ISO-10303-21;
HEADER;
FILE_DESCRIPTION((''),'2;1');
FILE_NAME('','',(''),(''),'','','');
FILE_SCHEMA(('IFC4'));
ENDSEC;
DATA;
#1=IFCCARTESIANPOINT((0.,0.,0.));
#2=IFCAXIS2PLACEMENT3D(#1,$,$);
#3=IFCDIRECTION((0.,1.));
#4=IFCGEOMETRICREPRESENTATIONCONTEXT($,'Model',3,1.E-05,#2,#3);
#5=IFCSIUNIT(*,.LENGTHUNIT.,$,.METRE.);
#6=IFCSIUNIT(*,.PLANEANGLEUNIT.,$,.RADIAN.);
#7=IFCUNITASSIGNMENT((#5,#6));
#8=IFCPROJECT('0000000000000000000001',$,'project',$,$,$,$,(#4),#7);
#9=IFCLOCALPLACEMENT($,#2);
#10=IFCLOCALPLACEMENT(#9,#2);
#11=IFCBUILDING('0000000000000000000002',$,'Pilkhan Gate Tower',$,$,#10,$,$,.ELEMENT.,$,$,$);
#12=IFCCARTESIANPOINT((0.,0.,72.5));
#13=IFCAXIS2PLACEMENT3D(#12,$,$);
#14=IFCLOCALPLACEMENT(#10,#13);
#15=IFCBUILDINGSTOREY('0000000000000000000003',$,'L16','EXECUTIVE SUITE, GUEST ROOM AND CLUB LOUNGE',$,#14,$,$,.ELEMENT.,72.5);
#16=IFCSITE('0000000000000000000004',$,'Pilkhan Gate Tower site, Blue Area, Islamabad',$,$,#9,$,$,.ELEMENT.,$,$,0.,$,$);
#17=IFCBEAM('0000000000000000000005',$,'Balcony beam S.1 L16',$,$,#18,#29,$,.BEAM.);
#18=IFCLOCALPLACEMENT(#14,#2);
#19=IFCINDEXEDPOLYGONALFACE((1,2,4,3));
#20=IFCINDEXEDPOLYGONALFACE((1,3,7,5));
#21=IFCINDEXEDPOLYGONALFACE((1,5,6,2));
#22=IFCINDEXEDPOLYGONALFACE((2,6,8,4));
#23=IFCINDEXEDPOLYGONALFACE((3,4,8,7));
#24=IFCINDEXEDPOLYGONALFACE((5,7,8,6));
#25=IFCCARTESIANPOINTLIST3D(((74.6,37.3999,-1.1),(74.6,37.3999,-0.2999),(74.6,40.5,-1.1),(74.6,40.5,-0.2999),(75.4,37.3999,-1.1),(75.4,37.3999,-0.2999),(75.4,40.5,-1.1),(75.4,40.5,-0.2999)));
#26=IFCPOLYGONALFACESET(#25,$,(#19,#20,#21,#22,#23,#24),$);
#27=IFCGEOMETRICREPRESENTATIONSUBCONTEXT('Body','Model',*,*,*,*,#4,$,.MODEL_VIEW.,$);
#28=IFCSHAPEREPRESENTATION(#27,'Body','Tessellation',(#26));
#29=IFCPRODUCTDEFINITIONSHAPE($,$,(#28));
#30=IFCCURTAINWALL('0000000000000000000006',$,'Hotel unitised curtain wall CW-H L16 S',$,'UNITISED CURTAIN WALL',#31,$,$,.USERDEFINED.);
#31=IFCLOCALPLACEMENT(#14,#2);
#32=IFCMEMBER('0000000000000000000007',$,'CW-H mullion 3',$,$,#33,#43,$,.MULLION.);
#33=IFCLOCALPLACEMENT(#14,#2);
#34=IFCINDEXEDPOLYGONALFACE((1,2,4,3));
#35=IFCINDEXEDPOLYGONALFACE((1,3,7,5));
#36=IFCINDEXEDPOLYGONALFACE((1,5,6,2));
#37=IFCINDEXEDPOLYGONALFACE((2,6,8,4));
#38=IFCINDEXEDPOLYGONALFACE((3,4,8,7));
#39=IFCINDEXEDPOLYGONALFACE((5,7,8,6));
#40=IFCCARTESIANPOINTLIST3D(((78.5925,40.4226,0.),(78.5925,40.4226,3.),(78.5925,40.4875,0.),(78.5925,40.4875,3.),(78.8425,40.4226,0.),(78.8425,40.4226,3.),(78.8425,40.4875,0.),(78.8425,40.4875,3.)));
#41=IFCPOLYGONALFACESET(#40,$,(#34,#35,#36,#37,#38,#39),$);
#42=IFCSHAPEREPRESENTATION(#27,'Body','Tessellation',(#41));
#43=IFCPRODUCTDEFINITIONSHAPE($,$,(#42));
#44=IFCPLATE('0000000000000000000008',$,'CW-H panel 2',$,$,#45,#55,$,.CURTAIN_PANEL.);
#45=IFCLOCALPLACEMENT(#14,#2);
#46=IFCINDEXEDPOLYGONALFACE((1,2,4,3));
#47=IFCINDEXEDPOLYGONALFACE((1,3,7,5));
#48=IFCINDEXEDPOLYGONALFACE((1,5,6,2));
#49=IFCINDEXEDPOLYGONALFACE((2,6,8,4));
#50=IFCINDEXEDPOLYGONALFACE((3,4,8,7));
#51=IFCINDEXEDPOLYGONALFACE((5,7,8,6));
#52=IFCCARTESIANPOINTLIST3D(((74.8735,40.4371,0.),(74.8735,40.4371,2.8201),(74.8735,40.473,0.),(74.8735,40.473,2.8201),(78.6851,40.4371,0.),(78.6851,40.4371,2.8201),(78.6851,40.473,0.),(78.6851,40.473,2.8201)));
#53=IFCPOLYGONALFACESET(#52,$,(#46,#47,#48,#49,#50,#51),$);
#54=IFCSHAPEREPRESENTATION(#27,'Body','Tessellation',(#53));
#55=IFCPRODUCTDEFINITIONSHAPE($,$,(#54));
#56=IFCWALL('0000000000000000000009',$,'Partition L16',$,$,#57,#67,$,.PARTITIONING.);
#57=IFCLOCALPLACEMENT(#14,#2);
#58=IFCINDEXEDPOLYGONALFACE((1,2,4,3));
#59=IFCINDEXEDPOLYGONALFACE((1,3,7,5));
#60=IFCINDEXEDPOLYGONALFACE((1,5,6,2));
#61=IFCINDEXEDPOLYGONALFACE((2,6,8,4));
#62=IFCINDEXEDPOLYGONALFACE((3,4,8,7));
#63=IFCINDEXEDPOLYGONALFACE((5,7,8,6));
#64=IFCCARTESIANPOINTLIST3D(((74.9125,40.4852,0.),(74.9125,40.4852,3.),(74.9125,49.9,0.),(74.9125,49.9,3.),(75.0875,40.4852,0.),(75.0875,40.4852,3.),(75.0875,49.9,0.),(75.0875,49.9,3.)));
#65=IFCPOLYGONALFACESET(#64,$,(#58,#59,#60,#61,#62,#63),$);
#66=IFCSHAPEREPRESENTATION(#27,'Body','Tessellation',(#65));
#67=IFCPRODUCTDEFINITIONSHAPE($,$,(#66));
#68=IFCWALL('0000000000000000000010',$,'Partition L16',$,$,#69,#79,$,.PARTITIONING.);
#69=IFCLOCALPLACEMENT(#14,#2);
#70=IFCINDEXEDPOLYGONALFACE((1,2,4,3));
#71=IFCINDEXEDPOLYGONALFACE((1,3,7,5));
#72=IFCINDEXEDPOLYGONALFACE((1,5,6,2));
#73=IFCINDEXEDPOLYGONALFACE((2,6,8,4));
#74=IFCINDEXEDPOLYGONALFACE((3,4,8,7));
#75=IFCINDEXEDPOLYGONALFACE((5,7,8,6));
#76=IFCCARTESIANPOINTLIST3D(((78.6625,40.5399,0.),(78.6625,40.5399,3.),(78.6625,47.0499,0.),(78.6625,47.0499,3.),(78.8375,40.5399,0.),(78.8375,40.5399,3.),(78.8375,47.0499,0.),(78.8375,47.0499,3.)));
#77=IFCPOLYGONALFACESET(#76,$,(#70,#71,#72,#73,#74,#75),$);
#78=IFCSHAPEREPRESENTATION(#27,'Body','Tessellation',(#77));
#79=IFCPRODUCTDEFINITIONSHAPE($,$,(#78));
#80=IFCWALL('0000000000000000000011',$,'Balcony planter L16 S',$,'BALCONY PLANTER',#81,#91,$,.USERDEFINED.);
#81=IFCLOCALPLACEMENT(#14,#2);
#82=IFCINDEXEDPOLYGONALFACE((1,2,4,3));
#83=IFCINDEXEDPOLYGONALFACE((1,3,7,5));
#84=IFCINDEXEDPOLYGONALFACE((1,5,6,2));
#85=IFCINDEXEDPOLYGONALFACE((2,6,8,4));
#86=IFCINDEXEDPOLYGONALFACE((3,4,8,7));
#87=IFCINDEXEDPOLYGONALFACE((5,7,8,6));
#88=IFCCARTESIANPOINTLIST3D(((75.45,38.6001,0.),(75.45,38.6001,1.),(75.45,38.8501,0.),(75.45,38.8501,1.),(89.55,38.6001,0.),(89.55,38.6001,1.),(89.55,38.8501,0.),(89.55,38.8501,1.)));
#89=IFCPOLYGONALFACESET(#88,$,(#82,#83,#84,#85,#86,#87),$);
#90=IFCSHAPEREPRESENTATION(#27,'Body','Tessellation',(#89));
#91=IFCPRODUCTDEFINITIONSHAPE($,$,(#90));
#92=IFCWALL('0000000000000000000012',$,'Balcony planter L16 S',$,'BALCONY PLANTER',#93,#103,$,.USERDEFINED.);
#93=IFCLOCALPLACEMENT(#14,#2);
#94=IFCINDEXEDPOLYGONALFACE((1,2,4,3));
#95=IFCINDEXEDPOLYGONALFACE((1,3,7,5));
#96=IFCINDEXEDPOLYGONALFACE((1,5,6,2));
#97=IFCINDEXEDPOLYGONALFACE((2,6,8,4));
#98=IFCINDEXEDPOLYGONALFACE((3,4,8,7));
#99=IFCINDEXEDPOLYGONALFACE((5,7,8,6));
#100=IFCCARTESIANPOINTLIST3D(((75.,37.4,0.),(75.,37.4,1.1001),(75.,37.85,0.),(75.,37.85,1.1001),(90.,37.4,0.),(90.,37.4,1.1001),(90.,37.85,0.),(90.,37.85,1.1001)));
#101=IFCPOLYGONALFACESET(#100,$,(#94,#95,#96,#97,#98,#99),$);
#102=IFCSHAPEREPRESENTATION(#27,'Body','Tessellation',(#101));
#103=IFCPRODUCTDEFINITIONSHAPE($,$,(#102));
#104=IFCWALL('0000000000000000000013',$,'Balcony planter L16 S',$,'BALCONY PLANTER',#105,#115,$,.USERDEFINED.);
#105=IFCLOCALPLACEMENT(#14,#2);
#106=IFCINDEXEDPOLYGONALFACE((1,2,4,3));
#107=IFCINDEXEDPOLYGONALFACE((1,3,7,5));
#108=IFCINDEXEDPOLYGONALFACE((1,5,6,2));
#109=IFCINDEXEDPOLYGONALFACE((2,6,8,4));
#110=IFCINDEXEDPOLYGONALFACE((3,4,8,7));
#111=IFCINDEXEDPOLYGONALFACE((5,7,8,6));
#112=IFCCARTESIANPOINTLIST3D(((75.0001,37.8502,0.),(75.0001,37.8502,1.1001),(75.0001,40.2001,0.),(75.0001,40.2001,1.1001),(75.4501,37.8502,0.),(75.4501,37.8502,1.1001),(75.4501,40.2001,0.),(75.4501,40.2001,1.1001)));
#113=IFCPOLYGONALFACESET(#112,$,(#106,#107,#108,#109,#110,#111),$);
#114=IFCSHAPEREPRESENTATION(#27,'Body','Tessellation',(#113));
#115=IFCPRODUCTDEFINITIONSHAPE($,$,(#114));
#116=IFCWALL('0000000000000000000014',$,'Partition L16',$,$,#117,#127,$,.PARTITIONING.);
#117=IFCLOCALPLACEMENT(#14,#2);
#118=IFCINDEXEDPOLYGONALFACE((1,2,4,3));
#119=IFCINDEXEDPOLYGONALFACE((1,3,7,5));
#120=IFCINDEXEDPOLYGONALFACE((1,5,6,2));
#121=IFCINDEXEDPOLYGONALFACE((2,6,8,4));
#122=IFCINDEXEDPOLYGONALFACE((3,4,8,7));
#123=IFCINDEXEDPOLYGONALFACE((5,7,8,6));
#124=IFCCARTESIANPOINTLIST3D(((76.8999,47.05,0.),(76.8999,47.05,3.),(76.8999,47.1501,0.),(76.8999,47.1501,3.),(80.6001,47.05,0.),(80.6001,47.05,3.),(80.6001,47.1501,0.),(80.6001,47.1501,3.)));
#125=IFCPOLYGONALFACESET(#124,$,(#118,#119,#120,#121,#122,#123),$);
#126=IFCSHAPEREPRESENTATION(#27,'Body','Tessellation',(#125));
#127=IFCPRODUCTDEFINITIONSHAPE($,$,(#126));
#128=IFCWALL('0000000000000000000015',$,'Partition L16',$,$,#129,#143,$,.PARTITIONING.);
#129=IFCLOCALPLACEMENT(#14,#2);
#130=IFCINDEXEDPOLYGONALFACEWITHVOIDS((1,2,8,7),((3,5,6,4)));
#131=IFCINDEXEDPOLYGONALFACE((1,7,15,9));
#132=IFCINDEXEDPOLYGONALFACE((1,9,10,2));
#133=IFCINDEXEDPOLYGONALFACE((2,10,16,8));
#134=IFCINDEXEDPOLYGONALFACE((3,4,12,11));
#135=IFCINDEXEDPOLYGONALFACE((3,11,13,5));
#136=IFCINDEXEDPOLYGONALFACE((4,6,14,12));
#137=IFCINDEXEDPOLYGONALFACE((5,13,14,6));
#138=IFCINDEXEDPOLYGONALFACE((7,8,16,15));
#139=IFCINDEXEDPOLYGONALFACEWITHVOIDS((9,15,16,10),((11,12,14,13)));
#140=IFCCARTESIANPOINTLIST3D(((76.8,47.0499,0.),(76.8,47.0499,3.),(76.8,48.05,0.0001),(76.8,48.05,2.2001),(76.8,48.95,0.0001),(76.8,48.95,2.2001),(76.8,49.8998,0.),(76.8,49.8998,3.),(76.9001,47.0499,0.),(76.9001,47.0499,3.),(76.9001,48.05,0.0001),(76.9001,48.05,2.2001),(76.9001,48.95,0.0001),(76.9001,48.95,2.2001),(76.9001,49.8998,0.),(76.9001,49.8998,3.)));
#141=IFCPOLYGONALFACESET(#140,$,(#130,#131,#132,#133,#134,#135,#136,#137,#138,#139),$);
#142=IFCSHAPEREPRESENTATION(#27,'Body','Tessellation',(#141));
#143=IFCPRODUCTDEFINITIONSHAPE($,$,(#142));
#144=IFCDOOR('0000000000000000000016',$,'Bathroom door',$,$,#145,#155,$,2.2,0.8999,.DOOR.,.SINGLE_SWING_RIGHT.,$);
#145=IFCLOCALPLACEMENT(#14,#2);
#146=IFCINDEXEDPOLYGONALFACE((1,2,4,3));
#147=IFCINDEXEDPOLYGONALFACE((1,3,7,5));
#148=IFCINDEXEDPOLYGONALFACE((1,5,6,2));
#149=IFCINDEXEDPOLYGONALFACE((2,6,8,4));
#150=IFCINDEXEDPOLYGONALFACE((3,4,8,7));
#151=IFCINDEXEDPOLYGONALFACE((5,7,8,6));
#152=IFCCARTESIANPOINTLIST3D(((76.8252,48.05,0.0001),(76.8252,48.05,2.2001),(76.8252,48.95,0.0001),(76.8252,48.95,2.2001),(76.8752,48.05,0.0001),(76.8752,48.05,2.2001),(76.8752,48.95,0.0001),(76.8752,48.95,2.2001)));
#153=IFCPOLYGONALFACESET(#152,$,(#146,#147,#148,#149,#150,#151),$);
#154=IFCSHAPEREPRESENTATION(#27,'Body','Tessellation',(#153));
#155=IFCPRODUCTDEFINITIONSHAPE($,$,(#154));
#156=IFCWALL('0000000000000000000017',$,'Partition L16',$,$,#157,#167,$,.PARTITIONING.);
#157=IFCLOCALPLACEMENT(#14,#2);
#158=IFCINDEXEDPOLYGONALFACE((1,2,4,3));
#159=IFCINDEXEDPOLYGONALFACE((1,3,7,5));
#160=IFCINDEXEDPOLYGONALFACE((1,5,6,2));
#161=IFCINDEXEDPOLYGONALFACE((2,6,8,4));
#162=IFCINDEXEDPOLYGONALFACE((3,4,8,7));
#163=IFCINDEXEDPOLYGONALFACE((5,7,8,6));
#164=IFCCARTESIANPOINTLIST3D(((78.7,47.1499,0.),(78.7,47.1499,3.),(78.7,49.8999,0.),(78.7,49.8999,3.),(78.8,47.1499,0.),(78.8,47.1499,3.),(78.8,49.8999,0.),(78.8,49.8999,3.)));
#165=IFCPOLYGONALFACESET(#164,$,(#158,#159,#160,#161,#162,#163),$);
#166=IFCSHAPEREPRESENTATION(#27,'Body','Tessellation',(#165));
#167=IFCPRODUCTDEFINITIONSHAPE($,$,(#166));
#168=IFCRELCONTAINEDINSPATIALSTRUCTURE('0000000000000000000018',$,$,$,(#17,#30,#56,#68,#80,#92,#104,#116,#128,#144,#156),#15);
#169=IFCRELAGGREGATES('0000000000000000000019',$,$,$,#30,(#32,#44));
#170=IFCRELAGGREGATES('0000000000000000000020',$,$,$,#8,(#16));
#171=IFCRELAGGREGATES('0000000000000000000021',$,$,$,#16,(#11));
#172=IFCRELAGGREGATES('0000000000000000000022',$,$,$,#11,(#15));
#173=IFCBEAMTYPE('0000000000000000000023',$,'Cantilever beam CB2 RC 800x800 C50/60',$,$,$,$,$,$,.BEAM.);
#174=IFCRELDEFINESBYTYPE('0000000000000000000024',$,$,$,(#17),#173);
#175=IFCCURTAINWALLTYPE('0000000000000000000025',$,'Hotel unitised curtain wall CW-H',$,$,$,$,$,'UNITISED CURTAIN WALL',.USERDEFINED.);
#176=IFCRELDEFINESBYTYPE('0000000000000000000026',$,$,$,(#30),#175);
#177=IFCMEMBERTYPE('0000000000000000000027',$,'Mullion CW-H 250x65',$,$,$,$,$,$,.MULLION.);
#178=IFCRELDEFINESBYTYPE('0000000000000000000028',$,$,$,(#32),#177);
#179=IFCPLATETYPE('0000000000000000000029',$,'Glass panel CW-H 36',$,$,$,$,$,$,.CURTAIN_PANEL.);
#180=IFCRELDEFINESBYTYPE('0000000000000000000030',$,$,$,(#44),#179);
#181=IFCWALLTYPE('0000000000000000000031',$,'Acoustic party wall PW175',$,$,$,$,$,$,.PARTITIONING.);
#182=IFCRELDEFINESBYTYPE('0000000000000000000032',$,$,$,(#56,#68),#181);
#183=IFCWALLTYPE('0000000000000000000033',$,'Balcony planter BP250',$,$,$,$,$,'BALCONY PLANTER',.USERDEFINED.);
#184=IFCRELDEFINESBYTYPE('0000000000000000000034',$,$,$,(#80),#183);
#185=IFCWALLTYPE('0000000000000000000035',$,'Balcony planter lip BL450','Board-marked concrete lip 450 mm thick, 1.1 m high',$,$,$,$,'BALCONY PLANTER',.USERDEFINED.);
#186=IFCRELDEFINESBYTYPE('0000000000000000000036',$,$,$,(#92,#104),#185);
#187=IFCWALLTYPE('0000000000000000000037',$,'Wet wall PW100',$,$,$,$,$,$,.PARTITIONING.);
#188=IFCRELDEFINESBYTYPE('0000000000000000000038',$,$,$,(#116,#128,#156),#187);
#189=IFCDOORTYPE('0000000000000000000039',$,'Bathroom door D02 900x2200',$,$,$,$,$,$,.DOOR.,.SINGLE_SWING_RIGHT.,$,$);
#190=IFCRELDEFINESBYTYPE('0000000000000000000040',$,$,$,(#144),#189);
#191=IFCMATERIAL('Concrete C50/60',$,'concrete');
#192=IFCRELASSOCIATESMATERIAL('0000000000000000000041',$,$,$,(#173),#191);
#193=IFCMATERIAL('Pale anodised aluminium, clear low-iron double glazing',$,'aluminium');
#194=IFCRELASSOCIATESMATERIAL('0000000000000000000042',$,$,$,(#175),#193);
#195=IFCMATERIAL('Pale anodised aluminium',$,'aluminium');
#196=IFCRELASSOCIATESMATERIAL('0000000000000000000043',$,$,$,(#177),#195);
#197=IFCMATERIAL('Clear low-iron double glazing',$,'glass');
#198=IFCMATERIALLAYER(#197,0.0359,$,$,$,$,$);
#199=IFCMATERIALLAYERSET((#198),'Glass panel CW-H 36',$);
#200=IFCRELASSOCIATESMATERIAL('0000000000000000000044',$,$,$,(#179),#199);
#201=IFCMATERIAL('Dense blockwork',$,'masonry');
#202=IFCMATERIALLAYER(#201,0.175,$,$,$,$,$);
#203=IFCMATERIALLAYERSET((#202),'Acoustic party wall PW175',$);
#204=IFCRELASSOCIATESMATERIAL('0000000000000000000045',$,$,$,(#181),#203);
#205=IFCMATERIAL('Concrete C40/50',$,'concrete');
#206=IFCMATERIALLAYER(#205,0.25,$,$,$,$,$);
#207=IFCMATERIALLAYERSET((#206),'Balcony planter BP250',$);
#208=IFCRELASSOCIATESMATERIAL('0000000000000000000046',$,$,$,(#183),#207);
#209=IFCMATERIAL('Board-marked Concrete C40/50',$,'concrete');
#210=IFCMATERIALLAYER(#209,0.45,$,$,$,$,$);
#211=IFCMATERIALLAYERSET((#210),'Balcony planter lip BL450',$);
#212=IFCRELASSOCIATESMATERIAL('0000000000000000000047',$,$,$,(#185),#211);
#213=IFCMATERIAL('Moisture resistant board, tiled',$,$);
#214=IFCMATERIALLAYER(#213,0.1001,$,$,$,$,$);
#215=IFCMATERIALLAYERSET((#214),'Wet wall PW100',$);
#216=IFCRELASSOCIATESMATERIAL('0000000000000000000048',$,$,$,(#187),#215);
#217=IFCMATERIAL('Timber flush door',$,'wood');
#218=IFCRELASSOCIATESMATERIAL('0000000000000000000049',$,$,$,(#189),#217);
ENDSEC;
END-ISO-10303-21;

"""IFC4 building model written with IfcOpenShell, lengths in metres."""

from ifc_helpers import new_model, si_unit, direction, frame, frame_2d, origin, origin_2d, place, context, subcontext, project, spatial, rectangle, extrude, material, layer, layer_set, material_profile, profile_set, type_object, element, fill, aggregate, save


model = new_model("IFC4")

# Units and contexts
model_context = context("Model", 3, precision=1e-05, world=origin(), true_north=direction((0.0, 1.0)))
body_context = subcontext(model_context, "Body", "Model", "MODEL_VIEW")
ifc_project = project(units=[si_unit("LENGTHUNIT", "METRE"), si_unit("PLANEANGLEUNIT", "RADIAN")], contexts=[model_context])

# Site, building, storey
site_placement = place(None, origin())
site = spatial("IfcSite", under=ifc_project, at=site_placement, Name="Pilkhan Gate Tower site, Blue Area, Islamabad", CompositionType="ELEMENT", RefElevation=0.0)
building_placement = place(site_placement, origin())
building = spatial("IfcBuilding", under=site, at=building_placement, Name="Pilkhan Gate Tower", CompositionType="ELEMENT")
storey_placement = place(building_placement, frame((0.0, 0.0, 72.5)))
storey = spatial("IfcBuildingStorey", under=building, at=storey_placement, Name="L16", Description="EXECUTIVE SUITE, GUEST ROOM AND CLUB LOUNGE", CompositionType="ELEMENT", Elevation=72.5)

# Beam
ifc_material_1 = material(Name="Concrete C50/60", Category="concrete")
ifc_material_profile_1 = material_profile(ifc_material_1, rectangle(XDim=0.8, YDim=0.8, at=origin_2d()), Name="RC 800x800")
ifc_profile_set_1 = profile_set([ifc_material_profile_1], Name="Concrete C50/60")
beam_type = type_object("IfcBeamType", Name="Cantilever beam CB2 RC 800x800 C50/60", PredefinedType="BEAM", material=ifc_profile_set_1)
beam_placement = place(storey_placement, frame((75.0, 40.5, -0.7), z_axis=(0.0, -1.0, 0.0), x_axis=(1.0, 0.0, 0.0)))
element("IfcBeam", 1, at=beam_placement, inside=storey, type_object=beam_type, Name="Balcony beam S.1 L16", PredefinedType="BEAM", context=body_context, shape_type="SweptSolid", body=[
    extrude(rectangle(XDim=0.8, YDim=0.8, at=origin_2d()), origin(), (0.0, 0.0, 1.0), 3.1001),
])

# Curtain wall, member, plate
ifc_material_2 = material(Name="Pale anodised aluminium, clear low-iron double glazing", Category="aluminium")
curtain_wall_type = type_object("IfcCurtainWallType", Name="Hotel unitised curtain wall CW-H", ElementType="UNITISED CURTAIN WALL", PredefinedType="USERDEFINED", material=ifc_material_2)
curtain_wall_placement = place(storey_placement, origin())
curtain_wall = element("IfcCurtainWall", 2, at=curtain_wall_placement, inside=storey, type_object=curtain_wall_type, Name="Hotel unitised curtain wall CW-H L16 S", ObjectType="UNITISED CURTAIN WALL", PredefinedType="USERDEFINED")
ifc_material_3 = material(Name="Pale anodised aluminium", Category="aluminium")
ifc_material_profile_2 = material_profile(ifc_material_3, rectangle(XDim=0.0649, YDim=0.25, at=origin_2d()), Name="Mullion 250x65")
ifc_profile_set_2 = profile_set([ifc_material_profile_2], Name="Pale anodised aluminium")
member_type = type_object("IfcMemberType", Name="Mullion CW-H 250x65", PredefinedType="MULLION", material=ifc_profile_set_2)
member_placement = place(storey_placement, frame((78.7175, 40.4551, 0.0), z_axis=(0.0, 0.0, 1.0), x_axis=(0.0, 1.0, 0.0)))
member = element("IfcMember", 3, at=member_placement, type_object=member_type, Name="CW-H mullion 3", PredefinedType="MULLION", context=body_context, shape_type="SweptSolid", body=[
    extrude(rectangle(XDim=0.0649, YDim=0.25, at=origin_2d()), origin(), (0.0, 0.0, 1.0), 3.0),
])
ifc_material_4 = material(Name="Clear low-iron double glazing", Category="glass")
ifc_layer_1 = layer(ifc_material_4, 0.0359)
ifc_layer_set_1 = layer_set([ifc_layer_1], Name="Glass panel CW-H 36")
plate_type = type_object("IfcPlateType", Name="Glass panel CW-H 36", PredefinedType="CURTAIN_PANEL", material=ifc_layer_set_1)
plate_placement = place(storey_placement, frame((76.7793, 40.4551, 0.0), z_axis=(0.0, 0.0, 1.0), x_axis=(1.0, 0.0, 0.0)))
plate = element("IfcPlate", 4, at=plate_placement, type_object=plate_type, Name="CW-H panel 2", PredefinedType="CURTAIN_PANEL", context=body_context, shape_type="SweptSolid", body=[
    extrude(rectangle(XDim=3.8115, YDim=0.0359, at=origin_2d()), origin(), (0.0, 0.0, 1.0), 2.8201),
])
aggregate(curtain_wall, [member, plate])

# Walls
ifc_material_5 = material(Name="Dense blockwork", Category="masonry")
ifc_layer_2 = layer(ifc_material_5, 0.175)
ifc_layer_set_2 = layer_set([ifc_layer_2], Name="Acoustic party wall PW175")
wall_type_1 = type_object("IfcWallType", Name="Acoustic party wall PW175", PredefinedType="PARTITIONING", material=ifc_layer_set_2)
wall_1_placement = place(storey_placement, frame((75.0, 40.4851, 0.0), z_axis=(0.0, 0.0, 1.0), x_axis=(0.0, 1.0, 0.0)))
element("IfcWall", 5, at=wall_1_placement, inside=storey, type_object=wall_type_1, Name="Partition L16", PredefinedType="PARTITIONING", context=body_context, shape_type="SweptSolid", body=[
    extrude(rectangle(XDim=9.4148, YDim=0.175, at=frame_2d((4.7075, 0.0))), origin(), (0.0, 0.0, 1.0), 3.0),
])
wall_2_placement = place(storey_placement, frame((78.75, 40.54, 0.0), z_axis=(0.0, 0.0, 1.0), x_axis=(0.0, 1.0, 0.0)))
element("IfcWall", 6, at=wall_2_placement, inside=storey, type_object=wall_type_1, Name="Partition L16", PredefinedType="PARTITIONING", context=body_context, shape_type="SweptSolid", body=[
    extrude(rectangle(XDim=6.51, YDim=0.175, at=frame_2d((3.2549, 0.0))), origin(), (0.0, 0.0, 1.0), 3.0),
])
ifc_material_6 = material(Name="Concrete C40/50", Category="concrete")
ifc_layer_3 = layer(ifc_material_6, 0.25)
ifc_layer_set_3 = layer_set([ifc_layer_3], Name="Balcony planter BP250")
wall_type_2 = type_object("IfcWallType", Name="Balcony planter BP250", ElementType="BALCONY PLANTER", PredefinedType="USERDEFINED", material=ifc_layer_set_3)
wall_3_placement = place(storey_placement, frame((75.45, 38.7251, 0.0), z_axis=(0.0, 0.0, 1.0), x_axis=(1.0, 0.0, 0.0)))
element("IfcWall", 7, at=wall_3_placement, inside=storey, type_object=wall_type_2, Name="Balcony planter L16 S", ObjectType="BALCONY PLANTER", PredefinedType="USERDEFINED", context=body_context, shape_type="SweptSolid", body=[
    extrude(rectangle(XDim=14.1001, YDim=0.25, at=frame_2d((7.05, 0.0))), origin(), (0.0, 0.0, 1.0), 1.0),
])
ifc_material_7 = material(Name="Board-marked Concrete C40/50", Category="concrete")
ifc_layer_4 = layer(ifc_material_7, 0.45)
ifc_layer_set_4 = layer_set([ifc_layer_4], Name="Balcony planter lip BL450")
wall_type_3 = type_object("IfcWallType", Name="Balcony planter lip BL450", Description="Board-marked concrete lip 450 mm thick, 1.1 m high", ElementType="BALCONY PLANTER", PredefinedType="USERDEFINED", material=ifc_layer_set_4)
wall_4_placement = place(storey_placement, frame((75.0, 37.625, 0.0), z_axis=(0.0, 0.0, 1.0), x_axis=(1.0, 0.0, 0.0)))
element("IfcWall", 8, at=wall_4_placement, inside=storey, type_object=wall_type_3, Name="Balcony planter L16 S", ObjectType="BALCONY PLANTER", PredefinedType="USERDEFINED", context=body_context, shape_type="SweptSolid", body=[
    extrude(rectangle(XDim=15.0, YDim=0.45, at=frame_2d((7.5, 0.0))), origin(), (0.0, 0.0, 1.0), 1.1001),
])
wall_5_placement = place(storey_placement, frame((75.2251, 40.2, 0.0), z_axis=(0.0, 0.0, 1.0), x_axis=(0.0, -1.0, 0.0)))
element("IfcWall", 9, at=wall_5_placement, inside=storey, type_object=wall_type_3, Name="Balcony planter L16 S", ObjectType="BALCONY PLANTER", PredefinedType="USERDEFINED", context=body_context, shape_type="SweptSolid", body=[
    extrude(rectangle(XDim=2.3499, YDim=0.45, at=frame_2d((1.1748, 0.0))), origin(), (0.0, 0.0, 1.0), 1.1001),
])

# Wall
ifc_material_8 = material(Name="Moisture resistant board, tiled")
ifc_layer_5 = layer(ifc_material_8, 0.1001)
ifc_layer_set_5 = layer_set([ifc_layer_5], Name="Wet wall PW100")
wall_type_4 = type_object("IfcWallType", Name="Wet wall PW100", PredefinedType="PARTITIONING", material=ifc_layer_set_5)
wall_6_placement = place(storey_placement, frame((76.8999, 47.1001, 0.0), z_axis=(0.0, 0.0, 1.0), x_axis=(1.0, 0.0, 0.0)))
element("IfcWall", 10, at=wall_6_placement, inside=storey, type_object=wall_type_4, Name="Partition L16", PredefinedType="PARTITIONING", context=body_context, shape_type="SweptSolid", body=[
    extrude(rectangle(XDim=3.7002, YDim=0.1001, at=frame_2d((1.8501, 0.0))), origin(), (0.0, 0.0, 1.0), 3.0),
])

# Wall, opening, door
wall_7_placement = place(storey_placement, frame((76.8501, 47.05, 0.0), z_axis=(0.0, 0.0, 1.0), x_axis=(0.0, 1.0, 0.0)))
wall_7 = element("IfcWall", 11, at=wall_7_placement, inside=storey, type_object=wall_type_4, Name="Partition L16", PredefinedType="PARTITIONING", context=body_context, shape_type="SweptSolid", body=[
    extrude(rectangle(XDim=2.8499, YDim=0.1001, at=frame_2d((1.4248, 0.0))), origin(), (0.0, 0.0, 1.0), 3.0),
])
opening_1_placement = place(wall_7_placement, frame((1.0, 0.0, 0.0)))
opening_1 = element("IfcOpeningElement", 12, at=opening_1_placement, cuts=wall_7, PredefinedType="OPENING", context=body_context, shape_type="SweptSolid", body=[
    extrude(rectangle(XDim=0.8999, YDim=2.2, at=frame_2d((0.45, 1.1001))), frame((0.0, 0.0601, 0.0), z_axis=(0.0, -1.0, 0.0), x_axis=(1.0, 0.0, 0.0)), (0.0, 0.0, 1.0), 0.1201),
])
ifc_material_9 = material(Name="Timber flush door", Category="wood")
door_type_1 = type_object("IfcDoorType", Name="Bathroom door D02 900x2200", OperationType="SINGLE_SWING_RIGHT", PredefinedType="DOOR", material=ifc_material_9)
door_1_placement = place(opening_1_placement, origin())
door_1 = element("IfcDoor", 13, at=door_1_placement, inside=storey, type_object=door_type_1, Name="Bathroom door", OperationType="SINGLE_SWING_RIGHT", OverallHeight=2.2, OverallWidth=0.8999, PredefinedType="DOOR", context=body_context, shape_type="SweptSolid", body=[
    extrude(rectangle(XDim=0.8999, YDim=2.2, at=frame_2d((0.45, 1.1001))), frame((0.0, 0.0249, 0.0), z_axis=(0.0, -1.0, 0.0), x_axis=(1.0, 0.0, 0.0)), (0.0, 0.0, 1.0), 0.05),
])
fill(opening_1, door_1)

# Wall
wall_8_placement = place(storey_placement, frame((78.75, 47.1499, 0.0), z_axis=(0.0, 0.0, 1.0), x_axis=(0.0, 1.0, 0.0)))
element("IfcWall", 14, at=wall_8_placement, inside=storey, type_object=wall_type_4, Name="Partition L16", PredefinedType="PARTITIONING", context=body_context, shape_type="SweptSolid", body=[
    extrude(rectangle(XDim=2.75, YDim=0.1001, at=frame_2d((1.375, 0.0))), origin(), (0.0, 0.0, 1.0), 3.0),
])

save(model, "model.ifc")
